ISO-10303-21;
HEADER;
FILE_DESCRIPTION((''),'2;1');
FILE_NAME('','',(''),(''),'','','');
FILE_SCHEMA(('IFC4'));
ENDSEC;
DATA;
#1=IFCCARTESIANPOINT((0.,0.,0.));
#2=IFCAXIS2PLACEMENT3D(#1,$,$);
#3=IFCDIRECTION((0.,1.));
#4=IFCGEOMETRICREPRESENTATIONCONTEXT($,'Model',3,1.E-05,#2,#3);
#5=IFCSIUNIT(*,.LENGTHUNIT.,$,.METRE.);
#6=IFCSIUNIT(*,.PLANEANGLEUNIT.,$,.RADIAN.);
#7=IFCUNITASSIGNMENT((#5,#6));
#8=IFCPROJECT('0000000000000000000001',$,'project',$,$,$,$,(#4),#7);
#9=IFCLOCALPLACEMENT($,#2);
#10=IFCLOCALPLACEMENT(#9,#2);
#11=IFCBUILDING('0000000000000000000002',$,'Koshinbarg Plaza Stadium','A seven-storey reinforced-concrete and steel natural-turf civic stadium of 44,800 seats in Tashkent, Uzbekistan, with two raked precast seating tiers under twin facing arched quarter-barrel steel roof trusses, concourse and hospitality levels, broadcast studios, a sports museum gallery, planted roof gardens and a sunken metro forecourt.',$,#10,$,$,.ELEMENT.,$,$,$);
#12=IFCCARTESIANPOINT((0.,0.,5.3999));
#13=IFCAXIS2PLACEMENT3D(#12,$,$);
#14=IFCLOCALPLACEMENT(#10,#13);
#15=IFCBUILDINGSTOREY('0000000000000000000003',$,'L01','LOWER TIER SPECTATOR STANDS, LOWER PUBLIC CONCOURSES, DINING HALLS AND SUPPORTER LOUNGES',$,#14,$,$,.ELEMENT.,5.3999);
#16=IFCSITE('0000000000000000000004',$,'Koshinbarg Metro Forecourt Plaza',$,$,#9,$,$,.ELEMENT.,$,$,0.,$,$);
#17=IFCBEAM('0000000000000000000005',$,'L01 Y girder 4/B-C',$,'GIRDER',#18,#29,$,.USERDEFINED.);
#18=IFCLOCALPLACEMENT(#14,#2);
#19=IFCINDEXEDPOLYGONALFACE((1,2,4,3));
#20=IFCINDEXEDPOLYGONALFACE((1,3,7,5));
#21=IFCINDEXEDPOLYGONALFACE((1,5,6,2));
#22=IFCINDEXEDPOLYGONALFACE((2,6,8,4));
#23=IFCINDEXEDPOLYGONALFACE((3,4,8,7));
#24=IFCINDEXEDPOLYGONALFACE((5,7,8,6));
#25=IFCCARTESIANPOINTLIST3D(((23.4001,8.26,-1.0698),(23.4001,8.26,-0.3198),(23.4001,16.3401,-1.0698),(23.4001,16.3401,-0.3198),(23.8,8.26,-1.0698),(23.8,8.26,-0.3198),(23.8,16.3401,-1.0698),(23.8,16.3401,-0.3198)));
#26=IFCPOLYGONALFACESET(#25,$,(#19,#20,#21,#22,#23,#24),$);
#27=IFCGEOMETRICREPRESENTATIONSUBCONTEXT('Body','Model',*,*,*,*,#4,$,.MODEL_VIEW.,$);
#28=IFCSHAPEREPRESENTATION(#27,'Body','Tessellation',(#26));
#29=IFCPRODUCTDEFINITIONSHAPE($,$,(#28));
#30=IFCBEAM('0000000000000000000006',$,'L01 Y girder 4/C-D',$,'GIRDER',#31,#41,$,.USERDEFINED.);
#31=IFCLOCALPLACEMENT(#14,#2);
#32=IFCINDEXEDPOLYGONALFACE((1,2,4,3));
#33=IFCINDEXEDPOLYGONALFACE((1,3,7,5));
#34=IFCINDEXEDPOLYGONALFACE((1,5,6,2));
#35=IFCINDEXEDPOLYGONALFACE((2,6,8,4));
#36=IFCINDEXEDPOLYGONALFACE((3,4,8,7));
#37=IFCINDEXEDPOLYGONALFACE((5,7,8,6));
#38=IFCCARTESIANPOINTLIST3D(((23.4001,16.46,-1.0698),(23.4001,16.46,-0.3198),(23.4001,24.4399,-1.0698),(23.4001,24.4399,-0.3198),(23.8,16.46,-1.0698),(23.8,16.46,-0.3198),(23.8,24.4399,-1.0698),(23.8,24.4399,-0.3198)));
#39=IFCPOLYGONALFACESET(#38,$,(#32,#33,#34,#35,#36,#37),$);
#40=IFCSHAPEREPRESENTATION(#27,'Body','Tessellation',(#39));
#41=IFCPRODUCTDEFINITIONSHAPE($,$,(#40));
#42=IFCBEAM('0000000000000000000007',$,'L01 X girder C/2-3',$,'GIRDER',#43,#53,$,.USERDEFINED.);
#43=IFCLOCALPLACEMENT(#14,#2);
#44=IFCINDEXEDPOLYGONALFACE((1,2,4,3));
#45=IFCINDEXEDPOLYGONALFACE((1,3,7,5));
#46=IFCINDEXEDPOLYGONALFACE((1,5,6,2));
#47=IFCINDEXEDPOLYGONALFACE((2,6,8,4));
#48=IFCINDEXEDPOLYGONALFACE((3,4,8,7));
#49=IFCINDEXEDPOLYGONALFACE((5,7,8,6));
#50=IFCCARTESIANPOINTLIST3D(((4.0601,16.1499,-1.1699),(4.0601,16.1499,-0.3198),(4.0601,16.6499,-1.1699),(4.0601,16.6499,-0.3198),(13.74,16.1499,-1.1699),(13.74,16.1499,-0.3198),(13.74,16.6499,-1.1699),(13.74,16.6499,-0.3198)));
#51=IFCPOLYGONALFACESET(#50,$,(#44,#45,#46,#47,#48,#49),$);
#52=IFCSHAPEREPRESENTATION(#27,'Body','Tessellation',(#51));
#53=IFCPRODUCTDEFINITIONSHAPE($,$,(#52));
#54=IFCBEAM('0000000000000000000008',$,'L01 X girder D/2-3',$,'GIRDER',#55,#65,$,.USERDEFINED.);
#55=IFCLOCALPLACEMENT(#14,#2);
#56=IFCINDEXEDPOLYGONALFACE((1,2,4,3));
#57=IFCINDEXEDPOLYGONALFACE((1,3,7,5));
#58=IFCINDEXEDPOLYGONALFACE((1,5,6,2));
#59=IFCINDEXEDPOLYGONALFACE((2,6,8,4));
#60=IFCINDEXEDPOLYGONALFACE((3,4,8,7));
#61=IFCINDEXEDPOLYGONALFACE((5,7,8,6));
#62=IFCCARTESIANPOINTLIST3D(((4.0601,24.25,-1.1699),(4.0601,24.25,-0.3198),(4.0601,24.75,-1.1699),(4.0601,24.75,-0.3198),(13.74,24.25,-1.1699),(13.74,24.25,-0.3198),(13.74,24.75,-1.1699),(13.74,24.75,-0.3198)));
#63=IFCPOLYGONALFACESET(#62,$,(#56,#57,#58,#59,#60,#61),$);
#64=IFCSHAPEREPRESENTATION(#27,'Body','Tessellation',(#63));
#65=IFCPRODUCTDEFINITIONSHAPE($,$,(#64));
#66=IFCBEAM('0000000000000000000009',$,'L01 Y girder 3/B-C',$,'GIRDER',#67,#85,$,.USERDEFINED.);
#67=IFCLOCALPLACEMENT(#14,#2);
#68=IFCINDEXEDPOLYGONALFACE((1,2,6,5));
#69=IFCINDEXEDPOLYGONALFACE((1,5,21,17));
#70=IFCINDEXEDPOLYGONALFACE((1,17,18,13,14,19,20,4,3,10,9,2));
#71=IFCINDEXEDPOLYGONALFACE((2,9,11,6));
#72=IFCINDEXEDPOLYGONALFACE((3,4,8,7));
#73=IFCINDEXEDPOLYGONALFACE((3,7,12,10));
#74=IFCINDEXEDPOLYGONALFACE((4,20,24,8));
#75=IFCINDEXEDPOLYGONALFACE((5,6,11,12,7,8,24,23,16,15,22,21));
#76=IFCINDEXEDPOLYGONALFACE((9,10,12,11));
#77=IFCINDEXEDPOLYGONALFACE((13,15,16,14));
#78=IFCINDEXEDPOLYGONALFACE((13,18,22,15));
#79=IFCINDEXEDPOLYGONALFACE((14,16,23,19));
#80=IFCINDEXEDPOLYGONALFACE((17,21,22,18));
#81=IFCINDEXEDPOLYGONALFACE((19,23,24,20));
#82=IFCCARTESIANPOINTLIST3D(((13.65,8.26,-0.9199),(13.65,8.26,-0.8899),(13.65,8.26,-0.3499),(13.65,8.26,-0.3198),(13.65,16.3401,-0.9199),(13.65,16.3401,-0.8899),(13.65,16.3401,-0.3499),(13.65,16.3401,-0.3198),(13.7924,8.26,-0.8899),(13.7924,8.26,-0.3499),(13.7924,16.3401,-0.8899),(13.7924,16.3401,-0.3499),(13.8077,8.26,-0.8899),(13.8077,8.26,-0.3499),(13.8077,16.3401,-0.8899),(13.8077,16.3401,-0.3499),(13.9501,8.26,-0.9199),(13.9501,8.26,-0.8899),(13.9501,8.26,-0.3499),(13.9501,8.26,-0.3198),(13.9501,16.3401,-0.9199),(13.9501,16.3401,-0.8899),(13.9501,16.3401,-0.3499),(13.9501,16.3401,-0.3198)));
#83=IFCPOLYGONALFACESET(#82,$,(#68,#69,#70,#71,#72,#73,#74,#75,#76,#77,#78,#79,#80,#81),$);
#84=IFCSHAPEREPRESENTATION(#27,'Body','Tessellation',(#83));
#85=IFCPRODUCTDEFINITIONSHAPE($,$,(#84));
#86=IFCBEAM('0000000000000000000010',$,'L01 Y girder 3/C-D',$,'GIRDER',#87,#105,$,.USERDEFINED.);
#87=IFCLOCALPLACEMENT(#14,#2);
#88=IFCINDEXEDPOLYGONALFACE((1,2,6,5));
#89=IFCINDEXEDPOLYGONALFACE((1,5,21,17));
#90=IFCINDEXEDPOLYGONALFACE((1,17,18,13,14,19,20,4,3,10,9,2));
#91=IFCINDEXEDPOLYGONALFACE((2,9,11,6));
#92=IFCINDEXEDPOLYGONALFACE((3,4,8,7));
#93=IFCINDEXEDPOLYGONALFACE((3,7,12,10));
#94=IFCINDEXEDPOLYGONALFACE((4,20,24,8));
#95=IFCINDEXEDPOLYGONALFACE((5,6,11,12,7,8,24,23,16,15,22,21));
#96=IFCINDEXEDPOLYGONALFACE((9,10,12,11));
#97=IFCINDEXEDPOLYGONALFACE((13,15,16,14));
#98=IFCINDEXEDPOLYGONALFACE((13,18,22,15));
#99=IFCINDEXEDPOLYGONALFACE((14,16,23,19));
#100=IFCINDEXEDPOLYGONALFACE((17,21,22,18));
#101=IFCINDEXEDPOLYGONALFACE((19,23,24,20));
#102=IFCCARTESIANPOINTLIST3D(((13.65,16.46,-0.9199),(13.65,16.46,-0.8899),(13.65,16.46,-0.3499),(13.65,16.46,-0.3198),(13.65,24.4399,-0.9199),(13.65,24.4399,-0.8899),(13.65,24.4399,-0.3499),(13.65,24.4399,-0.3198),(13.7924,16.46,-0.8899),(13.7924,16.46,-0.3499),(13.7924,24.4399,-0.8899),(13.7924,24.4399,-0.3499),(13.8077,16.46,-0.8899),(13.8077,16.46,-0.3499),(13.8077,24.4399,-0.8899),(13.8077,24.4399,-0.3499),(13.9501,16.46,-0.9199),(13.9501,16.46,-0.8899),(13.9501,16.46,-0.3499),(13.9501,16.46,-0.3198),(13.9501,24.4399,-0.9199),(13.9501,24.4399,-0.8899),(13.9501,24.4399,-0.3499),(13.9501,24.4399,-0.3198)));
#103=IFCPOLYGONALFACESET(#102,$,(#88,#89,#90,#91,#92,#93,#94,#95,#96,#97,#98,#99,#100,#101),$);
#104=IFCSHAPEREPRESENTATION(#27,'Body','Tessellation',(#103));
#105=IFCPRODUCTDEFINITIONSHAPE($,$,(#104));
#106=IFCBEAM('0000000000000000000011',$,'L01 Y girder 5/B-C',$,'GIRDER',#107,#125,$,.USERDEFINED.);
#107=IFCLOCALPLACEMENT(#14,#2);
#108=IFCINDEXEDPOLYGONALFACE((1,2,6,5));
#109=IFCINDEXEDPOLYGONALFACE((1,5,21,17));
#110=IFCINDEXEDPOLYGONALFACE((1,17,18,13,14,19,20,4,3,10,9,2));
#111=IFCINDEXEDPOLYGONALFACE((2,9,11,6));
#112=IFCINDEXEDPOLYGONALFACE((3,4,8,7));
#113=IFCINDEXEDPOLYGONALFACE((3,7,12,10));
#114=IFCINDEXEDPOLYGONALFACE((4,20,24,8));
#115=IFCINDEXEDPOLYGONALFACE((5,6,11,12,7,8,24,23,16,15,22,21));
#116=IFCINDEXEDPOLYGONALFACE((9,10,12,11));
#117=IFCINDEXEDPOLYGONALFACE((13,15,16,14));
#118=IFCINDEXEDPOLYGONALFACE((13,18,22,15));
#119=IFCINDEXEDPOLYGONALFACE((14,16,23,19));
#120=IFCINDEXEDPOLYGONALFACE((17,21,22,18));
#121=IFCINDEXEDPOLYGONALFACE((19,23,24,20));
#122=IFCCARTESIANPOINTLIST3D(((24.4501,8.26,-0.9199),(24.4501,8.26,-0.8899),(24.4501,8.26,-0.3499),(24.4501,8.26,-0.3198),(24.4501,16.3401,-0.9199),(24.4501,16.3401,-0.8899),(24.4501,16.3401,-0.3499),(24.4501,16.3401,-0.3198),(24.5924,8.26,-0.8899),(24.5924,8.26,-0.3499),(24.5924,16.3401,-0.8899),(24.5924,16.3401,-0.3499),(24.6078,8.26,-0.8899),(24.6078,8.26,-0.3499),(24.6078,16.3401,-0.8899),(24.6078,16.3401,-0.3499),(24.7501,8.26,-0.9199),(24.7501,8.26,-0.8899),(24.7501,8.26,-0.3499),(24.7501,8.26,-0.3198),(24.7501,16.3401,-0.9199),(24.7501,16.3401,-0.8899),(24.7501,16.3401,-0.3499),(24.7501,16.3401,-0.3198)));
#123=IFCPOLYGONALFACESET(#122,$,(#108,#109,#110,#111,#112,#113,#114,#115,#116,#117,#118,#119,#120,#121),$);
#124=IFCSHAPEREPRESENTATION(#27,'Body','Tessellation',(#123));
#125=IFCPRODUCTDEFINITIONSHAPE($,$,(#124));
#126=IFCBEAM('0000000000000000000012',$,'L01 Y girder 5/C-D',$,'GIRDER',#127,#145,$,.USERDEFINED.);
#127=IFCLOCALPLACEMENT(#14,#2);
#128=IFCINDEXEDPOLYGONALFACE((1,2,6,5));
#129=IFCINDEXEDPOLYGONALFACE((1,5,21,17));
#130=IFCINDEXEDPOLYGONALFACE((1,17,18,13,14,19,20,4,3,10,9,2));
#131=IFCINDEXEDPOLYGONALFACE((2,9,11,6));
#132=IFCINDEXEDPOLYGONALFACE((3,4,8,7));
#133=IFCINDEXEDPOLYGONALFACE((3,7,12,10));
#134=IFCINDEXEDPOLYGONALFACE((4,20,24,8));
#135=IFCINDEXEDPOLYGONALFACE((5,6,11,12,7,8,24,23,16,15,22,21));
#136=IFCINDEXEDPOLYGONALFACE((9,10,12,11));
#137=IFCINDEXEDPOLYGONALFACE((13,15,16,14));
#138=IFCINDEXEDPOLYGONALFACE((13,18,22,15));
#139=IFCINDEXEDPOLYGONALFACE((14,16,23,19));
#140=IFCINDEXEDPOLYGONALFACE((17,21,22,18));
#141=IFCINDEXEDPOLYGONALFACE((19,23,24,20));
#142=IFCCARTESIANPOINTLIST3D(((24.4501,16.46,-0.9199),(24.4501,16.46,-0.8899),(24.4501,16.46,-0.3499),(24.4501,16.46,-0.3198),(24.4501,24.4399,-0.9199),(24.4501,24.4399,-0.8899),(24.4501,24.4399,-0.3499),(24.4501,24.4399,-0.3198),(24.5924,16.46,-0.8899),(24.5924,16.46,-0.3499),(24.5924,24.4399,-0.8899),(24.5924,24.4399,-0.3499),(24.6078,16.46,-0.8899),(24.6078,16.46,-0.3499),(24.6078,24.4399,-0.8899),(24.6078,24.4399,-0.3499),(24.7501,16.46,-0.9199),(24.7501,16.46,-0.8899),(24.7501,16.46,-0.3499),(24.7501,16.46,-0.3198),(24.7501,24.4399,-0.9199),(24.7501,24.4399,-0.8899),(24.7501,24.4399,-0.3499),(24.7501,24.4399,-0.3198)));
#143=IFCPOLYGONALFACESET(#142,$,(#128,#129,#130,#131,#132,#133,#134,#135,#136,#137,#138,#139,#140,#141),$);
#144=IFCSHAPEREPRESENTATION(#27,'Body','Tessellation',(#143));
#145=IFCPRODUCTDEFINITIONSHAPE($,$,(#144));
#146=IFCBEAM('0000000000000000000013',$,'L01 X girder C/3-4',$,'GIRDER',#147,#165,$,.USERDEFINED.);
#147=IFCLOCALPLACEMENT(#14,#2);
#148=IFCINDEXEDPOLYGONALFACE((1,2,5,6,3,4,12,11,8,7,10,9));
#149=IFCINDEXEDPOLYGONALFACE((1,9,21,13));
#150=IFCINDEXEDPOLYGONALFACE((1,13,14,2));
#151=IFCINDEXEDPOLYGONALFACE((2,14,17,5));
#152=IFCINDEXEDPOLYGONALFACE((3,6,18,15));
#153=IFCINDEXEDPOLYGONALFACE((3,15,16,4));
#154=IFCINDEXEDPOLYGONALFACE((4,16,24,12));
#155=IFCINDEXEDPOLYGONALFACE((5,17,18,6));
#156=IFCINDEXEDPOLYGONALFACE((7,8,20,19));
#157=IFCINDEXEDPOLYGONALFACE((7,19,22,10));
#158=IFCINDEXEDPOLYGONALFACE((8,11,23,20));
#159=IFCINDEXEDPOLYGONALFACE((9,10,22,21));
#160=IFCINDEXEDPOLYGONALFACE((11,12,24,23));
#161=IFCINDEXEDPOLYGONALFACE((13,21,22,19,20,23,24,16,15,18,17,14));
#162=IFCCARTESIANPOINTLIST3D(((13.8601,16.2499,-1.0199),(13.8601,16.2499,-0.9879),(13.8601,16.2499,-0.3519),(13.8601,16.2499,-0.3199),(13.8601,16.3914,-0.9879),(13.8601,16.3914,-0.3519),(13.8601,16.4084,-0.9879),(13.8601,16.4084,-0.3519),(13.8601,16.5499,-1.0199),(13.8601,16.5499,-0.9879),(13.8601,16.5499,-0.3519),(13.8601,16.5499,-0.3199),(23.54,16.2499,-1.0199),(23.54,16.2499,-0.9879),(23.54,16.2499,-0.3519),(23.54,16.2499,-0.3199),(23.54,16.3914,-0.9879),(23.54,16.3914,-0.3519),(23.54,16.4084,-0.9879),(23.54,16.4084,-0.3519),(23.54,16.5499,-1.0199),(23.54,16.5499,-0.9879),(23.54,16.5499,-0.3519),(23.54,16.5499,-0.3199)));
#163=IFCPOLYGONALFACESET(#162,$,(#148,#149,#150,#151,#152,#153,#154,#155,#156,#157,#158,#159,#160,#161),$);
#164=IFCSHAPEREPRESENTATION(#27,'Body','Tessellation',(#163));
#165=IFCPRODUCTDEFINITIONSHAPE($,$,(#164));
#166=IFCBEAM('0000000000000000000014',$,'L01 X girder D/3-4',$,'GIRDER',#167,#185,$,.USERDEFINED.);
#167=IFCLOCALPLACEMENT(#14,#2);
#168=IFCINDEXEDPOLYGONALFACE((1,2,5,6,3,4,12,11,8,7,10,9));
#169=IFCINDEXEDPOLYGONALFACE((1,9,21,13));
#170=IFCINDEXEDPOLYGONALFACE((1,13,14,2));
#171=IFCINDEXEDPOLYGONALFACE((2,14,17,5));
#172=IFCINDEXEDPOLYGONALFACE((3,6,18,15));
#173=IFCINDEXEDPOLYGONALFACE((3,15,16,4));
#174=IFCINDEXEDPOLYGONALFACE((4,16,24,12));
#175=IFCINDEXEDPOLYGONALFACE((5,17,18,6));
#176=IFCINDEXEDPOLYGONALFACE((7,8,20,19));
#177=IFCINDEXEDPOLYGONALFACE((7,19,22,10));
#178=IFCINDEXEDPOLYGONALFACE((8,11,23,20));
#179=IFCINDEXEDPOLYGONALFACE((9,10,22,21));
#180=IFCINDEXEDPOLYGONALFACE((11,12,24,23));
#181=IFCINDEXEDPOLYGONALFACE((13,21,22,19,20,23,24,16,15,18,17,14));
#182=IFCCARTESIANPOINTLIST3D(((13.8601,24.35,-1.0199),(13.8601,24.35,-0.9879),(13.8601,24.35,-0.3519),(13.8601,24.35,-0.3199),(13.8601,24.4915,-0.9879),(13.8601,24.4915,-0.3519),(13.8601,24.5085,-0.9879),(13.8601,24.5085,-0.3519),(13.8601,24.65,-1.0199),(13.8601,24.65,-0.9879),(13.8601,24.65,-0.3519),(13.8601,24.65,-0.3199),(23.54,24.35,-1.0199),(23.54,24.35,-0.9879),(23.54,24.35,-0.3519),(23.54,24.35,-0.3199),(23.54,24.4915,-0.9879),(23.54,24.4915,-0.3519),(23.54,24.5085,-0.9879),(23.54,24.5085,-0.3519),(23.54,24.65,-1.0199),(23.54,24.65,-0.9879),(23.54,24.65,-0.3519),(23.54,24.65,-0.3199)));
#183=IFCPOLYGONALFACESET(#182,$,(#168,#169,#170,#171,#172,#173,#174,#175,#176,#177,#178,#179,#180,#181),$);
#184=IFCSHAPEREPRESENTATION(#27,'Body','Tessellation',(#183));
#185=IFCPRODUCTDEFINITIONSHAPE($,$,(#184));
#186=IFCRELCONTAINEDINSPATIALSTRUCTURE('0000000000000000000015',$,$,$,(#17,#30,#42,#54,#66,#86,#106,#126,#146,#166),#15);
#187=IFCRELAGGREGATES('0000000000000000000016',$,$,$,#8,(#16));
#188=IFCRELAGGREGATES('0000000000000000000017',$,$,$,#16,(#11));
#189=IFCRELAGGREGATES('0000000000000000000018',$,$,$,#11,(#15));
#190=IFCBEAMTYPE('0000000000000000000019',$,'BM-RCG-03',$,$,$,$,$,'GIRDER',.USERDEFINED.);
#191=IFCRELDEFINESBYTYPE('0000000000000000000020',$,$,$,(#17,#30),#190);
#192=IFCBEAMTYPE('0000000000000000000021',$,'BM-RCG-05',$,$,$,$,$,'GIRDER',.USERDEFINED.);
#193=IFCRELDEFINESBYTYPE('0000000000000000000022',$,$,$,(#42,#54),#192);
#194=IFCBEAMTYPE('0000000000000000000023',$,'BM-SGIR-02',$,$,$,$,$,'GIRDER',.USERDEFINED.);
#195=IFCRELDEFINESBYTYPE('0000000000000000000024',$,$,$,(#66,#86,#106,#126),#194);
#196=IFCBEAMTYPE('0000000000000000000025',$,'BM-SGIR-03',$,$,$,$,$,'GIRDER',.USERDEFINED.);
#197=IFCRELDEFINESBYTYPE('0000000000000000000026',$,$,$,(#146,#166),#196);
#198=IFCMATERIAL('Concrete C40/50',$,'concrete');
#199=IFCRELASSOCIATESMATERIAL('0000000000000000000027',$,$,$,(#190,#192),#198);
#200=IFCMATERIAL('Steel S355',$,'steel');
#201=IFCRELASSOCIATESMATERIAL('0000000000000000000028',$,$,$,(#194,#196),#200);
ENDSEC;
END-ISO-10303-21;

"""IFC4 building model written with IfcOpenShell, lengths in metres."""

from ifc_helpers import new_model, si_unit, direction, frame, origin, origin_2d, place, context, subcontext, project, spatial, rectangle, i_section, extrude, material, material_profile, profile_set, type_object, element, save


model = new_model("IFC4")

# Units and contexts
model_context = context("Model", 3, precision=1e-05, world=origin(), true_north=direction((0.0, 1.0)))
body_context = subcontext(model_context, "Body", "Model", "MODEL_VIEW")
ifc_project = project(units=[si_unit("LENGTHUNIT", "METRE"), si_unit("PLANEANGLEUNIT", "RADIAN")], contexts=[model_context])

# Site, building, storey
site_placement = place(None, origin())
site = spatial("IfcSite", under=ifc_project, at=site_placement, Name="Koshinbarg Metro Forecourt Plaza", CompositionType="ELEMENT", RefElevation=0.0)
building_placement = place(site_placement, origin())
building = spatial("IfcBuilding", under=site, at=building_placement, Name="Koshinbarg Plaza Stadium", Description="A seven-storey reinforced-concrete and steel natural-turf civic stadium of 44,800 seats in Tashkent, Uzbekistan, with two raked precast seating tiers under twin facing arched quarter-barrel steel roof trusses, concourse and hospitality levels, broadcast studios, a sports museum gallery, planted roof gardens and a sunken metro forecourt.", CompositionType="ELEMENT")
storey_placement = place(building_placement, frame((0.0, 0.0, 5.3999)))
storey = spatial("IfcBuildingStorey", under=building, at=storey_placement, Name="L01", Description="LOWER TIER SPECTATOR STANDS, LOWER PUBLIC CONCOURSES, DINING HALLS AND SUPPORTER LOUNGES", CompositionType="ELEMENT", Elevation=5.3999)

# Shared definitions
ifc_material_1 = material(Name="Concrete C40/50", Category="concrete")
ifc_material_2 = material(Name="Steel S355", Category="steel")

# Beams
ifc_material_profile_1 = material_profile(ifc_material_1, rectangle(XDim=0.3999, YDim=0.75, at=origin_2d()), Name="RC 400x750")
ifc_profile_set_1 = profile_set([ifc_material_profile_1], Name="Concrete C40/50")
beam_type_1 = type_object("IfcBeamType", Name="BM-RCG-03", ElementType="GIRDER", PredefinedType="USERDEFINED", material=ifc_profile_set_1)
beam_1_placement = place(storey_placement, frame((23.6001, 8.26, -0.6948), z_axis=(0.0, 1.0, 0.0), x_axis=(-1.0, 0.0, 0.0)))
element("IfcBeam", 1, at=beam_1_placement, inside=storey, type_object=beam_type_1, Name="L01 Y girder 4/B-C", ObjectType="GIRDER", PredefinedType="USERDEFINED", context=body_context, shape_type="SweptSolid", body=[
    extrude(rectangle(XDim=0.3999, YDim=0.75, at=origin_2d()), origin(), (0.0, 0.0, 1.0), 8.0801),
])
beam_2_placement = place(storey_placement, frame((23.6001, 16.46, -0.6948), z_axis=(0.0, 1.0, 0.0), x_axis=(-1.0, 0.0, 0.0)))
element("IfcBeam", 2, at=beam_2_placement, inside=storey, type_object=beam_type_1, Name="L01 Y girder 4/C-D", ObjectType="GIRDER", PredefinedType="USERDEFINED", context=body_context, shape_type="SweptSolid", body=[
    extrude(rectangle(XDim=0.3999, YDim=0.75, at=origin_2d()), origin(), (0.0, 0.0, 1.0), 7.98),
])
ifc_material_profile_2 = material_profile(ifc_material_1, rectangle(XDim=0.5, YDim=0.8501, at=origin_2d()), Name="RC 500x850")
ifc_profile_set_2 = profile_set([ifc_material_profile_2], Name="Concrete C40/50")
beam_type_2 = type_object("IfcBeamType", Name="BM-RCG-05", ElementType="GIRDER", PredefinedType="USERDEFINED", material=ifc_profile_set_2)
for number, where, z_axis, x_axis, name in (
    (3, (4.0601, 16.3999, -0.7449), (1.0, 0.0, 0.0), (0.0, 1.0, 0.0), "L01 X girder C/2-3"),
    (4, (4.0601, 24.5, -0.7449), (1.0, 0.0, 0.0), (0.0, 1.0, 0.0), "L01 X girder D/2-3"),
):
    element("IfcBeam", number, at=place(storey_placement, frame(where, z_axis=z_axis, x_axis=x_axis)), inside=storey, type_object=beam_type_2, Name=name, ObjectType="GIRDER", PredefinedType="USERDEFINED", context=body_context, shape_type="SweptSolid", body=[
        extrude(rectangle(XDim=0.5, YDim=0.8501, at=origin_2d()), origin(), (0.0, 0.0, 1.0), 9.6799),
    ])
ifc_material_profile_3 = material_profile(ifc_material_2, i_section(OverallWidth=0.3, OverallDepth=0.6001, WebThickness=0.0154, FlangeThickness=0.03, at=origin_2d()), Name="HEB 600")
ifc_profile_set_3 = profile_set([ifc_material_profile_3], Name="Steel S355")
beam_type_3 = type_object("IfcBeamType", Name="BM-SGIR-02", ElementType="GIRDER", PredefinedType="USERDEFINED", material=ifc_profile_set_3)
beam_3_placement = place(storey_placement, frame((13.8, 8.26, -0.6199), z_axis=(0.0, 1.0, 0.0), x_axis=(-1.0, 0.0, 0.0)))
element("IfcBeam", 5, at=beam_3_placement, inside=storey, type_object=beam_type_3, Name="L01 Y girder 3/B-C", ObjectType="GIRDER", PredefinedType="USERDEFINED", context=body_context, shape_type="SweptSolid", body=[
    extrude(i_section(OverallWidth=0.3, OverallDepth=0.6001, WebThickness=0.0154, FlangeThickness=0.03, at=origin_2d()), origin(), (0.0, 0.0, 1.0), 8.0801),
])
beam_4_placement = place(storey_placement, frame((13.8, 16.46, -0.6199), z_axis=(0.0, 1.0, 0.0), x_axis=(-1.0, 0.0, 0.0)))
element("IfcBeam", 6, at=beam_4_placement, inside=storey, type_object=beam_type_3, Name="L01 Y girder 3/C-D", ObjectType="GIRDER", PredefinedType="USERDEFINED", context=body_context, shape_type="SweptSolid", body=[
    extrude(i_section(OverallWidth=0.3, OverallDepth=0.6001, WebThickness=0.0154, FlangeThickness=0.03, at=origin_2d()), origin(), (0.0, 0.0, 1.0), 7.98),
])
beam_5_placement = place(storey_placement, frame((24.6001, 8.26, -0.6199), z_axis=(0.0, 1.0, 0.0), x_axis=(-1.0, 0.0, 0.0)))
element("IfcBeam", 7, at=beam_5_placement, inside=storey, type_object=beam_type_3, Name="L01 Y girder 5/B-C", ObjectType="GIRDER", PredefinedType="USERDEFINED", context=body_context, shape_type="SweptSolid", body=[
    extrude(i_section(OverallWidth=0.3, OverallDepth=0.6001, WebThickness=0.0154, FlangeThickness=0.03, at=origin_2d()), origin(), (0.0, 0.0, 1.0), 8.0801),
])
beam_6_placement = place(storey_placement, frame((24.6001, 16.46, -0.6199), z_axis=(0.0, 1.0, 0.0), x_axis=(-1.0, 0.0, 0.0)))
element("IfcBeam", 8, at=beam_6_placement, inside=storey, type_object=beam_type_3, Name="L01 Y girder 5/C-D", ObjectType="GIRDER", PredefinedType="USERDEFINED", context=body_context, shape_type="SweptSolid", body=[
    extrude(i_section(OverallWidth=0.3, OverallDepth=0.6001, WebThickness=0.0154, FlangeThickness=0.03, at=origin_2d()), origin(), (0.0, 0.0, 1.0), 7.98),
])
ifc_material_profile_4 = material_profile(ifc_material_2, i_section(OverallWidth=0.3, OverallDepth=0.7, WebThickness=0.0171, FlangeThickness=0.032, at=origin_2d()), Name="HEB 700")
ifc_profile_set_4 = profile_set([ifc_material_profile_4], Name="Steel S355")
beam_type_4 = type_object("IfcBeamType", Name="BM-SGIR-03", ElementType="GIRDER", PredefinedType="USERDEFINED", material=ifc_profile_set_4)
for number, where, z_axis, x_axis, name in (
    (9, (13.8601, 16.3999, -0.6699), (1.0, 0.0, 0.0), (0.0, 1.0, 0.0), "L01 X girder C/3-4"),
    (10, (13.8601, 24.5, -0.6699), (1.0, 0.0, 0.0), (0.0, 1.0, 0.0), "L01 X girder D/3-4"),
):
    element("IfcBeam", number, at=place(storey_placement, frame(where, z_axis=z_axis, x_axis=x_axis)), inside=storey, type_object=beam_type_4, Name=name, ObjectType="GIRDER", PredefinedType="USERDEFINED", context=body_context, shape_type="SweptSolid", body=[
        extrude(i_section(OverallWidth=0.3, OverallDepth=0.7, WebThickness=0.0171, FlangeThickness=0.032, at=origin_2d()), origin(), (0.0, 0.0, 1.0), 9.6799),
    ])

save(model, "model.ifc")
